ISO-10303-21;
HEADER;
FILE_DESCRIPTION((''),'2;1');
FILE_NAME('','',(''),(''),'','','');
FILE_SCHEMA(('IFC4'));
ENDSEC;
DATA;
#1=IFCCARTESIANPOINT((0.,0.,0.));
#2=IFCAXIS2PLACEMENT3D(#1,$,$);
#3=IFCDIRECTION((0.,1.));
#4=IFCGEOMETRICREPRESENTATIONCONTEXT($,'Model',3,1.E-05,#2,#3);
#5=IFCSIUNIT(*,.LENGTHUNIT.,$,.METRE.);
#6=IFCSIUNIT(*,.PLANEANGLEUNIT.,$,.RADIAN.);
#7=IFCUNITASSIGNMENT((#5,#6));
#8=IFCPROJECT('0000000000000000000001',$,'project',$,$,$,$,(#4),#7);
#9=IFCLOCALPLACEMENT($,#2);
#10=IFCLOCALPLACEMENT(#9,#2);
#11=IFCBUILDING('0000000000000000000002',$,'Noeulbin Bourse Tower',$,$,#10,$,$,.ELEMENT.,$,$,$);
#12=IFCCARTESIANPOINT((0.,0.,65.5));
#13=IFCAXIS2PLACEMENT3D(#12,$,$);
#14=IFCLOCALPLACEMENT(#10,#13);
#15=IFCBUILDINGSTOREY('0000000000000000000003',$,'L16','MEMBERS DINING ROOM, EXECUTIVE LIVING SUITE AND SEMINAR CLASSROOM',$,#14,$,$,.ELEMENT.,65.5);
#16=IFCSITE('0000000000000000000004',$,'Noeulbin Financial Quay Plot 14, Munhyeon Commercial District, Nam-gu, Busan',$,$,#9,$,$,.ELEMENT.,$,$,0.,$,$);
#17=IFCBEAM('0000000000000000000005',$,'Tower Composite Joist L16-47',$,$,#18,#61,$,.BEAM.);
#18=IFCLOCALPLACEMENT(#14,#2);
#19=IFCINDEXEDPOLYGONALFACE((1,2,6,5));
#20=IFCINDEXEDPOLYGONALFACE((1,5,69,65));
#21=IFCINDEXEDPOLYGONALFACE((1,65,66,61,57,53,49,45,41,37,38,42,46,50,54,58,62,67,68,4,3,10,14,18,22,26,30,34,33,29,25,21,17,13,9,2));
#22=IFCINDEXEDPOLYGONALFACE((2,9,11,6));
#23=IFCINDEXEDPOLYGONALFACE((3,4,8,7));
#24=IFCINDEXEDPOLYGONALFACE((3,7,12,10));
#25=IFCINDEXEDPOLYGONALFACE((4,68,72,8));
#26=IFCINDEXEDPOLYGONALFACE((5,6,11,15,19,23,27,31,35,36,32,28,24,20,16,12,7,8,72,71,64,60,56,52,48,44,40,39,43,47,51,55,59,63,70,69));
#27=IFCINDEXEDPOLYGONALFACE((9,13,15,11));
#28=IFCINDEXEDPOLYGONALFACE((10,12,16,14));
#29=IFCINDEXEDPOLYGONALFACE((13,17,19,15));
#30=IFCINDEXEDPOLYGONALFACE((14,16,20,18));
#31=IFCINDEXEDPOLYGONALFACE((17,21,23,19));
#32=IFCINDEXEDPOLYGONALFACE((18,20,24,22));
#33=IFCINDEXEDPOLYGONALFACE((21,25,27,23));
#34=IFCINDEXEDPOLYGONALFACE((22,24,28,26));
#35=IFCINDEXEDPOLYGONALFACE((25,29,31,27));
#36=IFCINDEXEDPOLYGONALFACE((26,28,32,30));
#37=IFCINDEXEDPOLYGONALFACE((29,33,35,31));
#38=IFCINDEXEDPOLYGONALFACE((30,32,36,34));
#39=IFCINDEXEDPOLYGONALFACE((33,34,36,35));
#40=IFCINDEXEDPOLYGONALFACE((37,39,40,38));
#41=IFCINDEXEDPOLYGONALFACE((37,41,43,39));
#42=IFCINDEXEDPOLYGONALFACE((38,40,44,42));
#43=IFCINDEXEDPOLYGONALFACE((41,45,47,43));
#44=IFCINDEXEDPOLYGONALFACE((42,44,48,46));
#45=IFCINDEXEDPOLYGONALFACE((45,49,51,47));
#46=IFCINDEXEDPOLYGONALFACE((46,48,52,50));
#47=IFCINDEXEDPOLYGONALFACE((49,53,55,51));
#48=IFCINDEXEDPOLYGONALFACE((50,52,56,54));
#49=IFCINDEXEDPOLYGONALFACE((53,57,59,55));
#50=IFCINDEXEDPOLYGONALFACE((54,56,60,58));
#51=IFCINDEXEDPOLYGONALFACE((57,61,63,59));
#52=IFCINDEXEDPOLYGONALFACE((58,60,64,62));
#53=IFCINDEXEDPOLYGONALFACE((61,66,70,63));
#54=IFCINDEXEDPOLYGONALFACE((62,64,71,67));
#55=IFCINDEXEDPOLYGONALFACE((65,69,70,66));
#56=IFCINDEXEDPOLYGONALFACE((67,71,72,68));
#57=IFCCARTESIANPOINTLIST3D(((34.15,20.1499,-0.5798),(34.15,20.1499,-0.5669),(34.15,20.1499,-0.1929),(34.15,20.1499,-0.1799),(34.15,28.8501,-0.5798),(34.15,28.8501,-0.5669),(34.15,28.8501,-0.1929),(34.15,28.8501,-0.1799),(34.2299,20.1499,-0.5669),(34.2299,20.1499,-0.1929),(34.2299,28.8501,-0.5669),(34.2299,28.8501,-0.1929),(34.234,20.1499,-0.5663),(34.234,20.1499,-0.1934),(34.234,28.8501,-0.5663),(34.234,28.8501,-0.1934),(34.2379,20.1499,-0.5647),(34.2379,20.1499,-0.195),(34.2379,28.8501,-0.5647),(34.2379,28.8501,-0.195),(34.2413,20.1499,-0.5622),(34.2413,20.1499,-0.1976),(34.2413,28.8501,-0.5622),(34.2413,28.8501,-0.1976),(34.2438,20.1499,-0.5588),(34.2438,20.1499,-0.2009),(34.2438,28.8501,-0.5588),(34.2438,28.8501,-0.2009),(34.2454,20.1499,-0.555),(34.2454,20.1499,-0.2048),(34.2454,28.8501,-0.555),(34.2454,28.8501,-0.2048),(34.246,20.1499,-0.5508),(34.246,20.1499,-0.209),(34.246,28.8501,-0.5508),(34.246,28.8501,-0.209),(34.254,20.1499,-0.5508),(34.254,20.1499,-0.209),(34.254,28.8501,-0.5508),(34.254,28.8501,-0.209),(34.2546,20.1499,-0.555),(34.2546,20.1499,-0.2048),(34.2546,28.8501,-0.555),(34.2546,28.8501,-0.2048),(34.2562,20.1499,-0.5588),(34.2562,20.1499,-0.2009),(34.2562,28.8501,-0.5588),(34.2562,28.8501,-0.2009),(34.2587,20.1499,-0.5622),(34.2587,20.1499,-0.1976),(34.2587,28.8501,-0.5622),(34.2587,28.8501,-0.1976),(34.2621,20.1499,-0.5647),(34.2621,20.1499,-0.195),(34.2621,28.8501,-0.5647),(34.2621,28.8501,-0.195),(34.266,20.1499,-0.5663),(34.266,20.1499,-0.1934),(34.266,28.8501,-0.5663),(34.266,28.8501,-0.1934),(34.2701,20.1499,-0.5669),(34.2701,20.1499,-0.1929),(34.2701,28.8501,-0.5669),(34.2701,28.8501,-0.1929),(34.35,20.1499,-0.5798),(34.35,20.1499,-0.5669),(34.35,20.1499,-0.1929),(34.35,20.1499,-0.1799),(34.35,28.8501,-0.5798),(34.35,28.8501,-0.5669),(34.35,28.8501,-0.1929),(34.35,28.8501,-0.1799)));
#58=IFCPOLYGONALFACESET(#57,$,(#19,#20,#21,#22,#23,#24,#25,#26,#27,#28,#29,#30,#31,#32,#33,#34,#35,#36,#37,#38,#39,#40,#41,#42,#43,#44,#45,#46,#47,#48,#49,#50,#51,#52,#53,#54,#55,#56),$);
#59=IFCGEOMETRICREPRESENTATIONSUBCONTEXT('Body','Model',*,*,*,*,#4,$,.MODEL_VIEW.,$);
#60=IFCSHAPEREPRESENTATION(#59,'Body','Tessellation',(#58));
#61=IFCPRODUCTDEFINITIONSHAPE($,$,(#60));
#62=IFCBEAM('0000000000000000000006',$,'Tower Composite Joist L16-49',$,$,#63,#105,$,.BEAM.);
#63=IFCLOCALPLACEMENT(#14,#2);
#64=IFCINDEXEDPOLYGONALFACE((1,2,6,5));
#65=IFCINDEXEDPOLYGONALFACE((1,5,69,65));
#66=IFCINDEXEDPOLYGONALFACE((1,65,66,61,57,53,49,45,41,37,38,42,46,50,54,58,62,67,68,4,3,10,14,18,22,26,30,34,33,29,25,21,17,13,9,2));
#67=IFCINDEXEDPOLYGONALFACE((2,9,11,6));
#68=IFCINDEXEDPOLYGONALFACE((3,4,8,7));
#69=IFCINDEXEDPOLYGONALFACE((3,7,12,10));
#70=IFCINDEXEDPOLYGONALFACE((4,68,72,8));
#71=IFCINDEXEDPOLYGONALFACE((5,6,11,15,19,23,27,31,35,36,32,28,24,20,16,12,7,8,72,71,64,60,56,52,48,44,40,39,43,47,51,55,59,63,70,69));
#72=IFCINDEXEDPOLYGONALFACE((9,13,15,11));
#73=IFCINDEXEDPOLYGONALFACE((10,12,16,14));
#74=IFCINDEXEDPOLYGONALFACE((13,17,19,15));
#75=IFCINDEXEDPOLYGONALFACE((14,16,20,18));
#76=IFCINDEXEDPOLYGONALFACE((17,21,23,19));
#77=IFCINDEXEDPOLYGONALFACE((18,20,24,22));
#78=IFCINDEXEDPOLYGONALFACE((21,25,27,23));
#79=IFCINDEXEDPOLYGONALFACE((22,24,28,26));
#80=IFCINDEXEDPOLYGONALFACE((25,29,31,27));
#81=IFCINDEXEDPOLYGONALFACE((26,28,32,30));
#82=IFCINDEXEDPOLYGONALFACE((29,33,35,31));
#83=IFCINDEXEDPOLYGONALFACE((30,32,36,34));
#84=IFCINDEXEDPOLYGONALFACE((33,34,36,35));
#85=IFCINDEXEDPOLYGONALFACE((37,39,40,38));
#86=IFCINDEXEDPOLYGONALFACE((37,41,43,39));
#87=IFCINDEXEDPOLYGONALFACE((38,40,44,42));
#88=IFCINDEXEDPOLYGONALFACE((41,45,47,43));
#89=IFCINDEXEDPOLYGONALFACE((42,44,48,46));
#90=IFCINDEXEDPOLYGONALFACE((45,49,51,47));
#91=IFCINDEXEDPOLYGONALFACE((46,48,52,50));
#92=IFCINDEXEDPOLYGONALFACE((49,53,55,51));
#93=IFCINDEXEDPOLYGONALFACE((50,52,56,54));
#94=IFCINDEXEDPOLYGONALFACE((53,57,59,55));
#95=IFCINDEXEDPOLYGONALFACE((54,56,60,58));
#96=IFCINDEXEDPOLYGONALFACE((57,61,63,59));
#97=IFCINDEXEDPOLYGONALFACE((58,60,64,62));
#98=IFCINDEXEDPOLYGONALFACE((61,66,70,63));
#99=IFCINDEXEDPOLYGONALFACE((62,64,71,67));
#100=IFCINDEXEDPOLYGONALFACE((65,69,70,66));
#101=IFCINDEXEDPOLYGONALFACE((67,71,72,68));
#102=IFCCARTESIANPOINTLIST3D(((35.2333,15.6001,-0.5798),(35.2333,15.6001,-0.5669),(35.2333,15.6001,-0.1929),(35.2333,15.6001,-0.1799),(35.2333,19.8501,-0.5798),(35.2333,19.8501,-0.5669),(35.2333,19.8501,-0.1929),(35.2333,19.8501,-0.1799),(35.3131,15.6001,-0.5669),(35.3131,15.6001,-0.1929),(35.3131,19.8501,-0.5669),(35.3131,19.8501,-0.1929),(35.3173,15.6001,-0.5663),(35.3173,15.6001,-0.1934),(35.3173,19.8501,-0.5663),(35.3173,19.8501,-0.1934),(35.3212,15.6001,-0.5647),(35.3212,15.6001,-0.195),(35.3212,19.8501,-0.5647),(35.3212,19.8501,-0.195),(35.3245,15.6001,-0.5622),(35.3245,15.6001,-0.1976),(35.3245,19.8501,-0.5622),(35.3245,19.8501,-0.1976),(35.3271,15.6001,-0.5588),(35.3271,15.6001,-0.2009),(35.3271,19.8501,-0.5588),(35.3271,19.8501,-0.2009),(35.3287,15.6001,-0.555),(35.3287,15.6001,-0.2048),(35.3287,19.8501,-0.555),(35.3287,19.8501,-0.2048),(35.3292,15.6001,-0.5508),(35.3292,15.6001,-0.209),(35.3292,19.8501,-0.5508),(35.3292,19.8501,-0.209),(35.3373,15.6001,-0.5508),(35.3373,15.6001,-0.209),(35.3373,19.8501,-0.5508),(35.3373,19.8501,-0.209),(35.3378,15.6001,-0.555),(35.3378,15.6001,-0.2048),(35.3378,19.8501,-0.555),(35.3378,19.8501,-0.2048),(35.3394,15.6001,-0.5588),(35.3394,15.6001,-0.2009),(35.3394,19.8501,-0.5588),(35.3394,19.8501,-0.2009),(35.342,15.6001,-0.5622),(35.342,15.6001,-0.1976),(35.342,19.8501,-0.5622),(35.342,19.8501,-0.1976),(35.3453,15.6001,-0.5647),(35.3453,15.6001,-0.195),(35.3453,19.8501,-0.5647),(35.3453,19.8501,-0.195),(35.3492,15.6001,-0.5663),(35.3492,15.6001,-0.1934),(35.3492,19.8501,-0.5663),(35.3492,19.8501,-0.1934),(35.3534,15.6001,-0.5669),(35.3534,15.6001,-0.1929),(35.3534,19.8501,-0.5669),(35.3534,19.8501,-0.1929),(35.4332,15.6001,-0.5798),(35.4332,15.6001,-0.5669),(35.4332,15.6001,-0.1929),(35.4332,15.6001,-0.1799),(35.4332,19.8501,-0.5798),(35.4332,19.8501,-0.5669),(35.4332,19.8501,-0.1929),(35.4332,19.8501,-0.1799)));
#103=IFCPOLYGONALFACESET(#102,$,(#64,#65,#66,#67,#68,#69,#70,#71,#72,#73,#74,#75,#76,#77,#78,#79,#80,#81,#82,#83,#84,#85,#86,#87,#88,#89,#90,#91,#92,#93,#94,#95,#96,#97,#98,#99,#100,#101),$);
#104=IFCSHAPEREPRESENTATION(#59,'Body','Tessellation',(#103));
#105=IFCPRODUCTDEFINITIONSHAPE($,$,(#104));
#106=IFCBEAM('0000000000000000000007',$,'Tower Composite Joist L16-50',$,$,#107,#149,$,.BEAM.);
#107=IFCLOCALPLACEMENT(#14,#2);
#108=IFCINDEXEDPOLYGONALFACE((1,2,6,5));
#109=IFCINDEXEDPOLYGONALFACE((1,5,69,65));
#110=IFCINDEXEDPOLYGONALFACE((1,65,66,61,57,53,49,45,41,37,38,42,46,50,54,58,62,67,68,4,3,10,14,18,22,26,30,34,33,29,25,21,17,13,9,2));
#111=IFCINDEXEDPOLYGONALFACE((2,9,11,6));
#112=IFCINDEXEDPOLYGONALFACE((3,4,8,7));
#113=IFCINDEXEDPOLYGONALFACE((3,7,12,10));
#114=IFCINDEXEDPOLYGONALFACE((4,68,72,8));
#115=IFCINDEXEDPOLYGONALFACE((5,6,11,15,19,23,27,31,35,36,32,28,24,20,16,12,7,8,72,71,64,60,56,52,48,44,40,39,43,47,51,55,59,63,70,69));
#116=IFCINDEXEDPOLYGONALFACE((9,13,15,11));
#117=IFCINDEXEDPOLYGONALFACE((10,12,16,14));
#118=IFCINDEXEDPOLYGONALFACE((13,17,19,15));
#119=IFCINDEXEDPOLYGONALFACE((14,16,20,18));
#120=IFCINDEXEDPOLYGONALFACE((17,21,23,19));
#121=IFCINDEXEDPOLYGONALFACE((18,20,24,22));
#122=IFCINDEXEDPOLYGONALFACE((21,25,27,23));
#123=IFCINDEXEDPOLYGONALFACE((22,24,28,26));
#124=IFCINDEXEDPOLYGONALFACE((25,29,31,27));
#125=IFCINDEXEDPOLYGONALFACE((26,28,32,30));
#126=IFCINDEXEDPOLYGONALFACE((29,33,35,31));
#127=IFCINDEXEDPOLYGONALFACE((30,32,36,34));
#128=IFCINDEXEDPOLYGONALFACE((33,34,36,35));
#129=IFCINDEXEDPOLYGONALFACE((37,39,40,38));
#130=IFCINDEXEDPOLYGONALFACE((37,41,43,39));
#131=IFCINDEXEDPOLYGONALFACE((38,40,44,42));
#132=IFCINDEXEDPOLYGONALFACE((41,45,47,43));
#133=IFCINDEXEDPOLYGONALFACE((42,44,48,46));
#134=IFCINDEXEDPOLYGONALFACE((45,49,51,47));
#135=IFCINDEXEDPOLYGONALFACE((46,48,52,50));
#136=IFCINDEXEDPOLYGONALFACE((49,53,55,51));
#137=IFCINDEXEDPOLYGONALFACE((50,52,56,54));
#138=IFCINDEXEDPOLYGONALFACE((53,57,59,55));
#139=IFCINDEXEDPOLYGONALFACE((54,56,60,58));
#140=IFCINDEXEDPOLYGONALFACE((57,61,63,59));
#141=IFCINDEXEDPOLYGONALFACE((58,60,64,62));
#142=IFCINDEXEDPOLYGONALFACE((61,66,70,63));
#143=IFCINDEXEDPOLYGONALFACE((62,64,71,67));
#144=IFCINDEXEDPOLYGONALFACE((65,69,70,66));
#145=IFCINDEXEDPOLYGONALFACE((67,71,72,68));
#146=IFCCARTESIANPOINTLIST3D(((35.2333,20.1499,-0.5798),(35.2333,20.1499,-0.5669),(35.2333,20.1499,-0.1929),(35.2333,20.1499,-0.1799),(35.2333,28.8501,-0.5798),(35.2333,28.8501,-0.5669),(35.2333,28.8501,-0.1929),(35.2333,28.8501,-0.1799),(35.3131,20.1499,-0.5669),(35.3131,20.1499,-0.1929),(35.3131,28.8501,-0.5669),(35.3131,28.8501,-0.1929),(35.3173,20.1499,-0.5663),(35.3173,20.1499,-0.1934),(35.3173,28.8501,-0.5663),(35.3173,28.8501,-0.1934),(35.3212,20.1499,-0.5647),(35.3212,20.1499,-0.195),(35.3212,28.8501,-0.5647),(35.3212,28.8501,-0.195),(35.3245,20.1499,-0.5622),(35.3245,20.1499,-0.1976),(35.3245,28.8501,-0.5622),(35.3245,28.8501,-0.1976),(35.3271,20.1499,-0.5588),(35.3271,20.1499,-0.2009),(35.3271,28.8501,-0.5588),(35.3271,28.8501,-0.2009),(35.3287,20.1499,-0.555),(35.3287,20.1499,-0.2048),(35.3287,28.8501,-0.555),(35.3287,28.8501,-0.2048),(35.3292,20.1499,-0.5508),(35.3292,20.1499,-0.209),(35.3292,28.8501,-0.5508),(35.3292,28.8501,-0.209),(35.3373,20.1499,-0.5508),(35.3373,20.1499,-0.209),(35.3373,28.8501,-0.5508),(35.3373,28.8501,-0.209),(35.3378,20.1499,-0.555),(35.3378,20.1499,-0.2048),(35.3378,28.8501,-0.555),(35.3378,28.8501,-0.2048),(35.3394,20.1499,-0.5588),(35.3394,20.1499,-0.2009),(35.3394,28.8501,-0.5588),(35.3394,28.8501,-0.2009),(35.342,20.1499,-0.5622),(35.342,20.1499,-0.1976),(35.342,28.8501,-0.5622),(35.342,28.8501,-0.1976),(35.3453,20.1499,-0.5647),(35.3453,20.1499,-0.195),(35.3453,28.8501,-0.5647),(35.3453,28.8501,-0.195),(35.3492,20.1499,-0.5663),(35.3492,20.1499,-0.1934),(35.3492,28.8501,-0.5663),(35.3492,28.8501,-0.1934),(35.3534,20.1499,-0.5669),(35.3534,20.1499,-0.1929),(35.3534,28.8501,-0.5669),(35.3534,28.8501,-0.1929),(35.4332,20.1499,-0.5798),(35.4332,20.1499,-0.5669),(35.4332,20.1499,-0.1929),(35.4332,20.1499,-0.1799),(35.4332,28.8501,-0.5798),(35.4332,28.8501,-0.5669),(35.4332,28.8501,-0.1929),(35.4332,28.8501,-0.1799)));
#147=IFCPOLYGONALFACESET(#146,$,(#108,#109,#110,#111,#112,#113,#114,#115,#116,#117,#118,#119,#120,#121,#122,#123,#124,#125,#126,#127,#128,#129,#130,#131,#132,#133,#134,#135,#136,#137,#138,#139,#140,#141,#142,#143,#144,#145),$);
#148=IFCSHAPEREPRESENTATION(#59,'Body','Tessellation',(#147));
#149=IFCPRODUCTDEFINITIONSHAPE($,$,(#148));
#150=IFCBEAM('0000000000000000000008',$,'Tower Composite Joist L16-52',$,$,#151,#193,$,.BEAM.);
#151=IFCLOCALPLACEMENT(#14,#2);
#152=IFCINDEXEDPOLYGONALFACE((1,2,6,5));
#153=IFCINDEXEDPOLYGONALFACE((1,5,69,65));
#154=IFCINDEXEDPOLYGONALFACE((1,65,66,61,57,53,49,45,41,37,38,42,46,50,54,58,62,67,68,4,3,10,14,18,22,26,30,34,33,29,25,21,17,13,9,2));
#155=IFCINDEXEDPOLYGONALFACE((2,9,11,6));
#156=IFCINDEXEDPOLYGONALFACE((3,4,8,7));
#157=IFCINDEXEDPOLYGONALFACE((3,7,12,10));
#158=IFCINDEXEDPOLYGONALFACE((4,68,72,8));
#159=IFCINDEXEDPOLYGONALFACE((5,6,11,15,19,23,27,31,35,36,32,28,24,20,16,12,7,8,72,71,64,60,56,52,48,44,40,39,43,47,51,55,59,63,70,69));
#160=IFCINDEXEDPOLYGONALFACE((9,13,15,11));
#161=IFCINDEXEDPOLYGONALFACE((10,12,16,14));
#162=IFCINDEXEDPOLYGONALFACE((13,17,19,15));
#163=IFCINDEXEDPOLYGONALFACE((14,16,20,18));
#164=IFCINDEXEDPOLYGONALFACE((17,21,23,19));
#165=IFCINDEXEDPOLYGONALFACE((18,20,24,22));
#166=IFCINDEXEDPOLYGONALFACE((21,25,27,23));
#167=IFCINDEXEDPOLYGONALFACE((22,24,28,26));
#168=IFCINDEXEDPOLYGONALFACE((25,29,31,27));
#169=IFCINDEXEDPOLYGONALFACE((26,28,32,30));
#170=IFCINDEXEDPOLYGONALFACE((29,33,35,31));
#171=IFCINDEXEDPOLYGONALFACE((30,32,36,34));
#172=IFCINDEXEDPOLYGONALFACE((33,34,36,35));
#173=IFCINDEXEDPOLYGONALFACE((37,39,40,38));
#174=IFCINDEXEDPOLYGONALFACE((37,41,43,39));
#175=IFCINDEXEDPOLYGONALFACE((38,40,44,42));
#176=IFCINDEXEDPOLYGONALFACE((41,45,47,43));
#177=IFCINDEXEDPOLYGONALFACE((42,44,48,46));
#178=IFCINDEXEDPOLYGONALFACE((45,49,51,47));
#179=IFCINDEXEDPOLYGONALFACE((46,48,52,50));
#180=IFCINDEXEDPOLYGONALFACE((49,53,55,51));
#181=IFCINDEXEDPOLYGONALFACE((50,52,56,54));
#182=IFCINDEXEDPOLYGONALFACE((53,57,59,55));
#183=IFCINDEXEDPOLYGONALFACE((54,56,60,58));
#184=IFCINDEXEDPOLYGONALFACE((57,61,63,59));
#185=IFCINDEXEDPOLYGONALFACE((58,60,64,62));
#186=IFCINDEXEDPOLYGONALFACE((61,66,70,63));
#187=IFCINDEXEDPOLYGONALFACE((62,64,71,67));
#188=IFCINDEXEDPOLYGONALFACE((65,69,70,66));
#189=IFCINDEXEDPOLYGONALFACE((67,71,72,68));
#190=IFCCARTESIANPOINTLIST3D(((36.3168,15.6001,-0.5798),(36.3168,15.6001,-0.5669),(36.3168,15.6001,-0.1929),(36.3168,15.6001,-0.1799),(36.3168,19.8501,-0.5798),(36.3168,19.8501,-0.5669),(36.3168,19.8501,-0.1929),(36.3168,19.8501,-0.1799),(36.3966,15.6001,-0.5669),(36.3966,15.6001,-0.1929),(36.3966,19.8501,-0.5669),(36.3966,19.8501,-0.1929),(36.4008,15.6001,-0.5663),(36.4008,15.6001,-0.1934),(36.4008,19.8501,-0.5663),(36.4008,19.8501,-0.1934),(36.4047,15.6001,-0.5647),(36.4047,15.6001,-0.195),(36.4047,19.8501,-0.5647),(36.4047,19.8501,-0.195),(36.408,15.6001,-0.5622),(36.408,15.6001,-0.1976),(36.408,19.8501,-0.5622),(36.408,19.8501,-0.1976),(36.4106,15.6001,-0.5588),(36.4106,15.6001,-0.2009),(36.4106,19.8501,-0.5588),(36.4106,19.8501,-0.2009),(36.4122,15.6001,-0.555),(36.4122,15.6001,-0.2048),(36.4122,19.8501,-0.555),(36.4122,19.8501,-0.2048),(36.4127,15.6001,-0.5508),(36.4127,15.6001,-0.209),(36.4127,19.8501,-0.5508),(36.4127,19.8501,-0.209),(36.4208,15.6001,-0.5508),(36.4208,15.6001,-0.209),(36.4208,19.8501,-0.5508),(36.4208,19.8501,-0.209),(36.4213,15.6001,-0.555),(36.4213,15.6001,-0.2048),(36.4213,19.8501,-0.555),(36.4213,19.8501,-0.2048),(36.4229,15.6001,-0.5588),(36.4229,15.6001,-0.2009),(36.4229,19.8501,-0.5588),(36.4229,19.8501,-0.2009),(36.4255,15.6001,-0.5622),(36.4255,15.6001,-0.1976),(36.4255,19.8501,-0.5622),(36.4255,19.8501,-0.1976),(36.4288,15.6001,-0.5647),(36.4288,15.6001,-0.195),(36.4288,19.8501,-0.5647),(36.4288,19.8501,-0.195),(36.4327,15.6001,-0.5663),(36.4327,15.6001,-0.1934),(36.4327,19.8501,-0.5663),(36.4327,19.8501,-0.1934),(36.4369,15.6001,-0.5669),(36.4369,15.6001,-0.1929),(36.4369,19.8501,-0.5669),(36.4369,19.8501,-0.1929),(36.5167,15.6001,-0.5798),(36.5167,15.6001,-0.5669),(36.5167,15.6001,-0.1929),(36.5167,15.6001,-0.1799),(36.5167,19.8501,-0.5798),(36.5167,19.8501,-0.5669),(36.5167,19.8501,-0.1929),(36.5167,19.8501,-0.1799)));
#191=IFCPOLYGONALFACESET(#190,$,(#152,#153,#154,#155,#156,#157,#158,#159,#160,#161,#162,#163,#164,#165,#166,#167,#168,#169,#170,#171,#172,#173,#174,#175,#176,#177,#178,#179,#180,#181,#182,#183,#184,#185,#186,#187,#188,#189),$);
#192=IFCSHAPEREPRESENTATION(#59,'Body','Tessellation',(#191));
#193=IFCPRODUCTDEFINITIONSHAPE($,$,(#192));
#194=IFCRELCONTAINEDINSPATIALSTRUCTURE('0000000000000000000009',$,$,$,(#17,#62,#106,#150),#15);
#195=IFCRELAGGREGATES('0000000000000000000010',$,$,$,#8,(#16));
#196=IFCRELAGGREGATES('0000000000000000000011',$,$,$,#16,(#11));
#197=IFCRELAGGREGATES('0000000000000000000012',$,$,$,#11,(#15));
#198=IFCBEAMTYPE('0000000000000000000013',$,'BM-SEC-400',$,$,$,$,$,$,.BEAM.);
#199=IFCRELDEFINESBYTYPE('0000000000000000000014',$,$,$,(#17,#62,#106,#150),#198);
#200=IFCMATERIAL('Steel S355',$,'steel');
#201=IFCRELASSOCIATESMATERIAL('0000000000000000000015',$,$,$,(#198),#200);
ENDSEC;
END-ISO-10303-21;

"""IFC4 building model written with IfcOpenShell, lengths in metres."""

from ifc_helpers import new_model, si_unit, direction, frame, origin, origin_2d, place, context, subcontext, project, spatial, i_section, extrude, material, material_profile, profile_set, type_object, element, save


model = new_model("IFC4")

# Units and contexts
model_context = context("Model", 3, precision=1e-05, world=origin(), true_north=direction((0.0, 1.0)))
body_context = subcontext(model_context, "Body", "Model", "MODEL_VIEW")
ifc_project = project(units=[si_unit("LENGTHUNIT", "METRE"), si_unit("PLANEANGLEUNIT", "RADIAN")], contexts=[model_context])

# Site, building, storey
site_placement = place(None, origin())
site = spatial("IfcSite", under=ifc_project, at=site_placement, Name="Noeulbin Financial Quay Plot 14, Munhyeon Commercial District, Nam-gu, Busan", CompositionType="ELEMENT", RefElevation=0.0)
building_placement = place(site_placement, origin())
building = spatial("IfcBuilding", under=site, at=building_placement, Name="Noeulbin Bourse Tower", CompositionType="ELEMENT")
storey_placement = place(building_placement, frame((0.0, 0.0, 65.5)))
storey = spatial("IfcBuildingStorey", under=building, at=storey_placement, Name="L16", Description="MEMBERS DINING ROOM, EXECUTIVE LIVING SUITE AND SEMINAR CLASSROOM", CompositionType="ELEMENT", Elevation=65.5)

# Beams
ifc_material_1 = material(Name="Steel S355", Category="steel")
ifc_material_profile_1 = material_profile(ifc_material_1, i_section(OverallWidth=0.2, OverallDepth=0.3999, WebThickness=0.0081, FlangeThickness=0.0129, FilletRadius=0.0161, at=origin_2d()), Name="H-400x200x8x13", Category="LoadBearing")
ifc_profile_set_1 = profile_set([ifc_material_profile_1], Name="Steel S355")
beam_type_1 = type_object("IfcBeamType", Name="BM-SEC-400", PredefinedType="BEAM", material=ifc_profile_set_1)
beam_1_placement = place(storey_placement, frame((34.25, 20.1499, -0.3799), z_axis=(0.0, 1.0, 0.0), x_axis=(-1.0, 0.0, 0.0)))
element("IfcBeam", 1, at=beam_1_placement, inside=storey, type_object=beam_type_1, Name="Tower Composite Joist L16-47", PredefinedType="BEAM", context=body_context, shape_type="SweptSolid", body=[
    extrude(i_section(OverallWidth=0.2, OverallDepth=0.3999, WebThickness=0.0081, FlangeThickness=0.0129, FilletRadius=0.0161, at=origin_2d()), origin(), (0.0, 0.0, 1.0), 8.7002),
])
beam_2_placement = place(storey_placement, frame((35.3333, 15.6001, -0.3799), z_axis=(0.0, 1.0, 0.0), x_axis=(-1.0, 0.0, 0.0)))
element("IfcBeam", 2, at=beam_2_placement, inside=storey, type_object=beam_type_1, Name="Tower Composite Joist L16-49", PredefinedType="BEAM", context=body_context, shape_type="SweptSolid", body=[
    extrude(i_section(OverallWidth=0.2, OverallDepth=0.3999, WebThickness=0.0081, FlangeThickness=0.0129, FilletRadius=0.0161, at=origin_2d()), origin(), (0.0, 0.0, 1.0), 4.25),
])
beam_3_placement = place(storey_placement, frame((35.3333, 20.1499, -0.3799), z_axis=(0.0, 1.0, 0.0), x_axis=(-1.0, 0.0, 0.0)))
element("IfcBeam", 3, at=beam_3_placement, inside=storey, type_object=beam_type_1, Name="Tower Composite Joist L16-50", PredefinedType="BEAM", context=body_context, shape_type="SweptSolid", body=[
    extrude(i_section(OverallWidth=0.2, OverallDepth=0.3999, WebThickness=0.0081, FlangeThickness=0.0129, FilletRadius=0.0161, at=origin_2d()), origin(), (0.0, 0.0, 1.0), 8.7002),
])
beam_4_placement = place(storey_placement, frame((36.4167, 15.6001, -0.3799), z_axis=(0.0, 1.0, 0.0), x_axis=(-1.0, 0.0, 0.0)))
element("IfcBeam", 4, at=beam_4_placement, inside=storey, type_object=beam_type_1, Name="Tower Composite Joist L16-52", PredefinedType="BEAM", context=body_context, shape_type="SweptSolid", body=[
    extrude(i_section(OverallWidth=0.2, OverallDepth=0.3999, WebThickness=0.0081, FlangeThickness=0.0129, FilletRadius=0.0161, at=origin_2d()), origin(), (0.0, 0.0, 1.0), 4.25),
])

save(model, "model.ifc")
